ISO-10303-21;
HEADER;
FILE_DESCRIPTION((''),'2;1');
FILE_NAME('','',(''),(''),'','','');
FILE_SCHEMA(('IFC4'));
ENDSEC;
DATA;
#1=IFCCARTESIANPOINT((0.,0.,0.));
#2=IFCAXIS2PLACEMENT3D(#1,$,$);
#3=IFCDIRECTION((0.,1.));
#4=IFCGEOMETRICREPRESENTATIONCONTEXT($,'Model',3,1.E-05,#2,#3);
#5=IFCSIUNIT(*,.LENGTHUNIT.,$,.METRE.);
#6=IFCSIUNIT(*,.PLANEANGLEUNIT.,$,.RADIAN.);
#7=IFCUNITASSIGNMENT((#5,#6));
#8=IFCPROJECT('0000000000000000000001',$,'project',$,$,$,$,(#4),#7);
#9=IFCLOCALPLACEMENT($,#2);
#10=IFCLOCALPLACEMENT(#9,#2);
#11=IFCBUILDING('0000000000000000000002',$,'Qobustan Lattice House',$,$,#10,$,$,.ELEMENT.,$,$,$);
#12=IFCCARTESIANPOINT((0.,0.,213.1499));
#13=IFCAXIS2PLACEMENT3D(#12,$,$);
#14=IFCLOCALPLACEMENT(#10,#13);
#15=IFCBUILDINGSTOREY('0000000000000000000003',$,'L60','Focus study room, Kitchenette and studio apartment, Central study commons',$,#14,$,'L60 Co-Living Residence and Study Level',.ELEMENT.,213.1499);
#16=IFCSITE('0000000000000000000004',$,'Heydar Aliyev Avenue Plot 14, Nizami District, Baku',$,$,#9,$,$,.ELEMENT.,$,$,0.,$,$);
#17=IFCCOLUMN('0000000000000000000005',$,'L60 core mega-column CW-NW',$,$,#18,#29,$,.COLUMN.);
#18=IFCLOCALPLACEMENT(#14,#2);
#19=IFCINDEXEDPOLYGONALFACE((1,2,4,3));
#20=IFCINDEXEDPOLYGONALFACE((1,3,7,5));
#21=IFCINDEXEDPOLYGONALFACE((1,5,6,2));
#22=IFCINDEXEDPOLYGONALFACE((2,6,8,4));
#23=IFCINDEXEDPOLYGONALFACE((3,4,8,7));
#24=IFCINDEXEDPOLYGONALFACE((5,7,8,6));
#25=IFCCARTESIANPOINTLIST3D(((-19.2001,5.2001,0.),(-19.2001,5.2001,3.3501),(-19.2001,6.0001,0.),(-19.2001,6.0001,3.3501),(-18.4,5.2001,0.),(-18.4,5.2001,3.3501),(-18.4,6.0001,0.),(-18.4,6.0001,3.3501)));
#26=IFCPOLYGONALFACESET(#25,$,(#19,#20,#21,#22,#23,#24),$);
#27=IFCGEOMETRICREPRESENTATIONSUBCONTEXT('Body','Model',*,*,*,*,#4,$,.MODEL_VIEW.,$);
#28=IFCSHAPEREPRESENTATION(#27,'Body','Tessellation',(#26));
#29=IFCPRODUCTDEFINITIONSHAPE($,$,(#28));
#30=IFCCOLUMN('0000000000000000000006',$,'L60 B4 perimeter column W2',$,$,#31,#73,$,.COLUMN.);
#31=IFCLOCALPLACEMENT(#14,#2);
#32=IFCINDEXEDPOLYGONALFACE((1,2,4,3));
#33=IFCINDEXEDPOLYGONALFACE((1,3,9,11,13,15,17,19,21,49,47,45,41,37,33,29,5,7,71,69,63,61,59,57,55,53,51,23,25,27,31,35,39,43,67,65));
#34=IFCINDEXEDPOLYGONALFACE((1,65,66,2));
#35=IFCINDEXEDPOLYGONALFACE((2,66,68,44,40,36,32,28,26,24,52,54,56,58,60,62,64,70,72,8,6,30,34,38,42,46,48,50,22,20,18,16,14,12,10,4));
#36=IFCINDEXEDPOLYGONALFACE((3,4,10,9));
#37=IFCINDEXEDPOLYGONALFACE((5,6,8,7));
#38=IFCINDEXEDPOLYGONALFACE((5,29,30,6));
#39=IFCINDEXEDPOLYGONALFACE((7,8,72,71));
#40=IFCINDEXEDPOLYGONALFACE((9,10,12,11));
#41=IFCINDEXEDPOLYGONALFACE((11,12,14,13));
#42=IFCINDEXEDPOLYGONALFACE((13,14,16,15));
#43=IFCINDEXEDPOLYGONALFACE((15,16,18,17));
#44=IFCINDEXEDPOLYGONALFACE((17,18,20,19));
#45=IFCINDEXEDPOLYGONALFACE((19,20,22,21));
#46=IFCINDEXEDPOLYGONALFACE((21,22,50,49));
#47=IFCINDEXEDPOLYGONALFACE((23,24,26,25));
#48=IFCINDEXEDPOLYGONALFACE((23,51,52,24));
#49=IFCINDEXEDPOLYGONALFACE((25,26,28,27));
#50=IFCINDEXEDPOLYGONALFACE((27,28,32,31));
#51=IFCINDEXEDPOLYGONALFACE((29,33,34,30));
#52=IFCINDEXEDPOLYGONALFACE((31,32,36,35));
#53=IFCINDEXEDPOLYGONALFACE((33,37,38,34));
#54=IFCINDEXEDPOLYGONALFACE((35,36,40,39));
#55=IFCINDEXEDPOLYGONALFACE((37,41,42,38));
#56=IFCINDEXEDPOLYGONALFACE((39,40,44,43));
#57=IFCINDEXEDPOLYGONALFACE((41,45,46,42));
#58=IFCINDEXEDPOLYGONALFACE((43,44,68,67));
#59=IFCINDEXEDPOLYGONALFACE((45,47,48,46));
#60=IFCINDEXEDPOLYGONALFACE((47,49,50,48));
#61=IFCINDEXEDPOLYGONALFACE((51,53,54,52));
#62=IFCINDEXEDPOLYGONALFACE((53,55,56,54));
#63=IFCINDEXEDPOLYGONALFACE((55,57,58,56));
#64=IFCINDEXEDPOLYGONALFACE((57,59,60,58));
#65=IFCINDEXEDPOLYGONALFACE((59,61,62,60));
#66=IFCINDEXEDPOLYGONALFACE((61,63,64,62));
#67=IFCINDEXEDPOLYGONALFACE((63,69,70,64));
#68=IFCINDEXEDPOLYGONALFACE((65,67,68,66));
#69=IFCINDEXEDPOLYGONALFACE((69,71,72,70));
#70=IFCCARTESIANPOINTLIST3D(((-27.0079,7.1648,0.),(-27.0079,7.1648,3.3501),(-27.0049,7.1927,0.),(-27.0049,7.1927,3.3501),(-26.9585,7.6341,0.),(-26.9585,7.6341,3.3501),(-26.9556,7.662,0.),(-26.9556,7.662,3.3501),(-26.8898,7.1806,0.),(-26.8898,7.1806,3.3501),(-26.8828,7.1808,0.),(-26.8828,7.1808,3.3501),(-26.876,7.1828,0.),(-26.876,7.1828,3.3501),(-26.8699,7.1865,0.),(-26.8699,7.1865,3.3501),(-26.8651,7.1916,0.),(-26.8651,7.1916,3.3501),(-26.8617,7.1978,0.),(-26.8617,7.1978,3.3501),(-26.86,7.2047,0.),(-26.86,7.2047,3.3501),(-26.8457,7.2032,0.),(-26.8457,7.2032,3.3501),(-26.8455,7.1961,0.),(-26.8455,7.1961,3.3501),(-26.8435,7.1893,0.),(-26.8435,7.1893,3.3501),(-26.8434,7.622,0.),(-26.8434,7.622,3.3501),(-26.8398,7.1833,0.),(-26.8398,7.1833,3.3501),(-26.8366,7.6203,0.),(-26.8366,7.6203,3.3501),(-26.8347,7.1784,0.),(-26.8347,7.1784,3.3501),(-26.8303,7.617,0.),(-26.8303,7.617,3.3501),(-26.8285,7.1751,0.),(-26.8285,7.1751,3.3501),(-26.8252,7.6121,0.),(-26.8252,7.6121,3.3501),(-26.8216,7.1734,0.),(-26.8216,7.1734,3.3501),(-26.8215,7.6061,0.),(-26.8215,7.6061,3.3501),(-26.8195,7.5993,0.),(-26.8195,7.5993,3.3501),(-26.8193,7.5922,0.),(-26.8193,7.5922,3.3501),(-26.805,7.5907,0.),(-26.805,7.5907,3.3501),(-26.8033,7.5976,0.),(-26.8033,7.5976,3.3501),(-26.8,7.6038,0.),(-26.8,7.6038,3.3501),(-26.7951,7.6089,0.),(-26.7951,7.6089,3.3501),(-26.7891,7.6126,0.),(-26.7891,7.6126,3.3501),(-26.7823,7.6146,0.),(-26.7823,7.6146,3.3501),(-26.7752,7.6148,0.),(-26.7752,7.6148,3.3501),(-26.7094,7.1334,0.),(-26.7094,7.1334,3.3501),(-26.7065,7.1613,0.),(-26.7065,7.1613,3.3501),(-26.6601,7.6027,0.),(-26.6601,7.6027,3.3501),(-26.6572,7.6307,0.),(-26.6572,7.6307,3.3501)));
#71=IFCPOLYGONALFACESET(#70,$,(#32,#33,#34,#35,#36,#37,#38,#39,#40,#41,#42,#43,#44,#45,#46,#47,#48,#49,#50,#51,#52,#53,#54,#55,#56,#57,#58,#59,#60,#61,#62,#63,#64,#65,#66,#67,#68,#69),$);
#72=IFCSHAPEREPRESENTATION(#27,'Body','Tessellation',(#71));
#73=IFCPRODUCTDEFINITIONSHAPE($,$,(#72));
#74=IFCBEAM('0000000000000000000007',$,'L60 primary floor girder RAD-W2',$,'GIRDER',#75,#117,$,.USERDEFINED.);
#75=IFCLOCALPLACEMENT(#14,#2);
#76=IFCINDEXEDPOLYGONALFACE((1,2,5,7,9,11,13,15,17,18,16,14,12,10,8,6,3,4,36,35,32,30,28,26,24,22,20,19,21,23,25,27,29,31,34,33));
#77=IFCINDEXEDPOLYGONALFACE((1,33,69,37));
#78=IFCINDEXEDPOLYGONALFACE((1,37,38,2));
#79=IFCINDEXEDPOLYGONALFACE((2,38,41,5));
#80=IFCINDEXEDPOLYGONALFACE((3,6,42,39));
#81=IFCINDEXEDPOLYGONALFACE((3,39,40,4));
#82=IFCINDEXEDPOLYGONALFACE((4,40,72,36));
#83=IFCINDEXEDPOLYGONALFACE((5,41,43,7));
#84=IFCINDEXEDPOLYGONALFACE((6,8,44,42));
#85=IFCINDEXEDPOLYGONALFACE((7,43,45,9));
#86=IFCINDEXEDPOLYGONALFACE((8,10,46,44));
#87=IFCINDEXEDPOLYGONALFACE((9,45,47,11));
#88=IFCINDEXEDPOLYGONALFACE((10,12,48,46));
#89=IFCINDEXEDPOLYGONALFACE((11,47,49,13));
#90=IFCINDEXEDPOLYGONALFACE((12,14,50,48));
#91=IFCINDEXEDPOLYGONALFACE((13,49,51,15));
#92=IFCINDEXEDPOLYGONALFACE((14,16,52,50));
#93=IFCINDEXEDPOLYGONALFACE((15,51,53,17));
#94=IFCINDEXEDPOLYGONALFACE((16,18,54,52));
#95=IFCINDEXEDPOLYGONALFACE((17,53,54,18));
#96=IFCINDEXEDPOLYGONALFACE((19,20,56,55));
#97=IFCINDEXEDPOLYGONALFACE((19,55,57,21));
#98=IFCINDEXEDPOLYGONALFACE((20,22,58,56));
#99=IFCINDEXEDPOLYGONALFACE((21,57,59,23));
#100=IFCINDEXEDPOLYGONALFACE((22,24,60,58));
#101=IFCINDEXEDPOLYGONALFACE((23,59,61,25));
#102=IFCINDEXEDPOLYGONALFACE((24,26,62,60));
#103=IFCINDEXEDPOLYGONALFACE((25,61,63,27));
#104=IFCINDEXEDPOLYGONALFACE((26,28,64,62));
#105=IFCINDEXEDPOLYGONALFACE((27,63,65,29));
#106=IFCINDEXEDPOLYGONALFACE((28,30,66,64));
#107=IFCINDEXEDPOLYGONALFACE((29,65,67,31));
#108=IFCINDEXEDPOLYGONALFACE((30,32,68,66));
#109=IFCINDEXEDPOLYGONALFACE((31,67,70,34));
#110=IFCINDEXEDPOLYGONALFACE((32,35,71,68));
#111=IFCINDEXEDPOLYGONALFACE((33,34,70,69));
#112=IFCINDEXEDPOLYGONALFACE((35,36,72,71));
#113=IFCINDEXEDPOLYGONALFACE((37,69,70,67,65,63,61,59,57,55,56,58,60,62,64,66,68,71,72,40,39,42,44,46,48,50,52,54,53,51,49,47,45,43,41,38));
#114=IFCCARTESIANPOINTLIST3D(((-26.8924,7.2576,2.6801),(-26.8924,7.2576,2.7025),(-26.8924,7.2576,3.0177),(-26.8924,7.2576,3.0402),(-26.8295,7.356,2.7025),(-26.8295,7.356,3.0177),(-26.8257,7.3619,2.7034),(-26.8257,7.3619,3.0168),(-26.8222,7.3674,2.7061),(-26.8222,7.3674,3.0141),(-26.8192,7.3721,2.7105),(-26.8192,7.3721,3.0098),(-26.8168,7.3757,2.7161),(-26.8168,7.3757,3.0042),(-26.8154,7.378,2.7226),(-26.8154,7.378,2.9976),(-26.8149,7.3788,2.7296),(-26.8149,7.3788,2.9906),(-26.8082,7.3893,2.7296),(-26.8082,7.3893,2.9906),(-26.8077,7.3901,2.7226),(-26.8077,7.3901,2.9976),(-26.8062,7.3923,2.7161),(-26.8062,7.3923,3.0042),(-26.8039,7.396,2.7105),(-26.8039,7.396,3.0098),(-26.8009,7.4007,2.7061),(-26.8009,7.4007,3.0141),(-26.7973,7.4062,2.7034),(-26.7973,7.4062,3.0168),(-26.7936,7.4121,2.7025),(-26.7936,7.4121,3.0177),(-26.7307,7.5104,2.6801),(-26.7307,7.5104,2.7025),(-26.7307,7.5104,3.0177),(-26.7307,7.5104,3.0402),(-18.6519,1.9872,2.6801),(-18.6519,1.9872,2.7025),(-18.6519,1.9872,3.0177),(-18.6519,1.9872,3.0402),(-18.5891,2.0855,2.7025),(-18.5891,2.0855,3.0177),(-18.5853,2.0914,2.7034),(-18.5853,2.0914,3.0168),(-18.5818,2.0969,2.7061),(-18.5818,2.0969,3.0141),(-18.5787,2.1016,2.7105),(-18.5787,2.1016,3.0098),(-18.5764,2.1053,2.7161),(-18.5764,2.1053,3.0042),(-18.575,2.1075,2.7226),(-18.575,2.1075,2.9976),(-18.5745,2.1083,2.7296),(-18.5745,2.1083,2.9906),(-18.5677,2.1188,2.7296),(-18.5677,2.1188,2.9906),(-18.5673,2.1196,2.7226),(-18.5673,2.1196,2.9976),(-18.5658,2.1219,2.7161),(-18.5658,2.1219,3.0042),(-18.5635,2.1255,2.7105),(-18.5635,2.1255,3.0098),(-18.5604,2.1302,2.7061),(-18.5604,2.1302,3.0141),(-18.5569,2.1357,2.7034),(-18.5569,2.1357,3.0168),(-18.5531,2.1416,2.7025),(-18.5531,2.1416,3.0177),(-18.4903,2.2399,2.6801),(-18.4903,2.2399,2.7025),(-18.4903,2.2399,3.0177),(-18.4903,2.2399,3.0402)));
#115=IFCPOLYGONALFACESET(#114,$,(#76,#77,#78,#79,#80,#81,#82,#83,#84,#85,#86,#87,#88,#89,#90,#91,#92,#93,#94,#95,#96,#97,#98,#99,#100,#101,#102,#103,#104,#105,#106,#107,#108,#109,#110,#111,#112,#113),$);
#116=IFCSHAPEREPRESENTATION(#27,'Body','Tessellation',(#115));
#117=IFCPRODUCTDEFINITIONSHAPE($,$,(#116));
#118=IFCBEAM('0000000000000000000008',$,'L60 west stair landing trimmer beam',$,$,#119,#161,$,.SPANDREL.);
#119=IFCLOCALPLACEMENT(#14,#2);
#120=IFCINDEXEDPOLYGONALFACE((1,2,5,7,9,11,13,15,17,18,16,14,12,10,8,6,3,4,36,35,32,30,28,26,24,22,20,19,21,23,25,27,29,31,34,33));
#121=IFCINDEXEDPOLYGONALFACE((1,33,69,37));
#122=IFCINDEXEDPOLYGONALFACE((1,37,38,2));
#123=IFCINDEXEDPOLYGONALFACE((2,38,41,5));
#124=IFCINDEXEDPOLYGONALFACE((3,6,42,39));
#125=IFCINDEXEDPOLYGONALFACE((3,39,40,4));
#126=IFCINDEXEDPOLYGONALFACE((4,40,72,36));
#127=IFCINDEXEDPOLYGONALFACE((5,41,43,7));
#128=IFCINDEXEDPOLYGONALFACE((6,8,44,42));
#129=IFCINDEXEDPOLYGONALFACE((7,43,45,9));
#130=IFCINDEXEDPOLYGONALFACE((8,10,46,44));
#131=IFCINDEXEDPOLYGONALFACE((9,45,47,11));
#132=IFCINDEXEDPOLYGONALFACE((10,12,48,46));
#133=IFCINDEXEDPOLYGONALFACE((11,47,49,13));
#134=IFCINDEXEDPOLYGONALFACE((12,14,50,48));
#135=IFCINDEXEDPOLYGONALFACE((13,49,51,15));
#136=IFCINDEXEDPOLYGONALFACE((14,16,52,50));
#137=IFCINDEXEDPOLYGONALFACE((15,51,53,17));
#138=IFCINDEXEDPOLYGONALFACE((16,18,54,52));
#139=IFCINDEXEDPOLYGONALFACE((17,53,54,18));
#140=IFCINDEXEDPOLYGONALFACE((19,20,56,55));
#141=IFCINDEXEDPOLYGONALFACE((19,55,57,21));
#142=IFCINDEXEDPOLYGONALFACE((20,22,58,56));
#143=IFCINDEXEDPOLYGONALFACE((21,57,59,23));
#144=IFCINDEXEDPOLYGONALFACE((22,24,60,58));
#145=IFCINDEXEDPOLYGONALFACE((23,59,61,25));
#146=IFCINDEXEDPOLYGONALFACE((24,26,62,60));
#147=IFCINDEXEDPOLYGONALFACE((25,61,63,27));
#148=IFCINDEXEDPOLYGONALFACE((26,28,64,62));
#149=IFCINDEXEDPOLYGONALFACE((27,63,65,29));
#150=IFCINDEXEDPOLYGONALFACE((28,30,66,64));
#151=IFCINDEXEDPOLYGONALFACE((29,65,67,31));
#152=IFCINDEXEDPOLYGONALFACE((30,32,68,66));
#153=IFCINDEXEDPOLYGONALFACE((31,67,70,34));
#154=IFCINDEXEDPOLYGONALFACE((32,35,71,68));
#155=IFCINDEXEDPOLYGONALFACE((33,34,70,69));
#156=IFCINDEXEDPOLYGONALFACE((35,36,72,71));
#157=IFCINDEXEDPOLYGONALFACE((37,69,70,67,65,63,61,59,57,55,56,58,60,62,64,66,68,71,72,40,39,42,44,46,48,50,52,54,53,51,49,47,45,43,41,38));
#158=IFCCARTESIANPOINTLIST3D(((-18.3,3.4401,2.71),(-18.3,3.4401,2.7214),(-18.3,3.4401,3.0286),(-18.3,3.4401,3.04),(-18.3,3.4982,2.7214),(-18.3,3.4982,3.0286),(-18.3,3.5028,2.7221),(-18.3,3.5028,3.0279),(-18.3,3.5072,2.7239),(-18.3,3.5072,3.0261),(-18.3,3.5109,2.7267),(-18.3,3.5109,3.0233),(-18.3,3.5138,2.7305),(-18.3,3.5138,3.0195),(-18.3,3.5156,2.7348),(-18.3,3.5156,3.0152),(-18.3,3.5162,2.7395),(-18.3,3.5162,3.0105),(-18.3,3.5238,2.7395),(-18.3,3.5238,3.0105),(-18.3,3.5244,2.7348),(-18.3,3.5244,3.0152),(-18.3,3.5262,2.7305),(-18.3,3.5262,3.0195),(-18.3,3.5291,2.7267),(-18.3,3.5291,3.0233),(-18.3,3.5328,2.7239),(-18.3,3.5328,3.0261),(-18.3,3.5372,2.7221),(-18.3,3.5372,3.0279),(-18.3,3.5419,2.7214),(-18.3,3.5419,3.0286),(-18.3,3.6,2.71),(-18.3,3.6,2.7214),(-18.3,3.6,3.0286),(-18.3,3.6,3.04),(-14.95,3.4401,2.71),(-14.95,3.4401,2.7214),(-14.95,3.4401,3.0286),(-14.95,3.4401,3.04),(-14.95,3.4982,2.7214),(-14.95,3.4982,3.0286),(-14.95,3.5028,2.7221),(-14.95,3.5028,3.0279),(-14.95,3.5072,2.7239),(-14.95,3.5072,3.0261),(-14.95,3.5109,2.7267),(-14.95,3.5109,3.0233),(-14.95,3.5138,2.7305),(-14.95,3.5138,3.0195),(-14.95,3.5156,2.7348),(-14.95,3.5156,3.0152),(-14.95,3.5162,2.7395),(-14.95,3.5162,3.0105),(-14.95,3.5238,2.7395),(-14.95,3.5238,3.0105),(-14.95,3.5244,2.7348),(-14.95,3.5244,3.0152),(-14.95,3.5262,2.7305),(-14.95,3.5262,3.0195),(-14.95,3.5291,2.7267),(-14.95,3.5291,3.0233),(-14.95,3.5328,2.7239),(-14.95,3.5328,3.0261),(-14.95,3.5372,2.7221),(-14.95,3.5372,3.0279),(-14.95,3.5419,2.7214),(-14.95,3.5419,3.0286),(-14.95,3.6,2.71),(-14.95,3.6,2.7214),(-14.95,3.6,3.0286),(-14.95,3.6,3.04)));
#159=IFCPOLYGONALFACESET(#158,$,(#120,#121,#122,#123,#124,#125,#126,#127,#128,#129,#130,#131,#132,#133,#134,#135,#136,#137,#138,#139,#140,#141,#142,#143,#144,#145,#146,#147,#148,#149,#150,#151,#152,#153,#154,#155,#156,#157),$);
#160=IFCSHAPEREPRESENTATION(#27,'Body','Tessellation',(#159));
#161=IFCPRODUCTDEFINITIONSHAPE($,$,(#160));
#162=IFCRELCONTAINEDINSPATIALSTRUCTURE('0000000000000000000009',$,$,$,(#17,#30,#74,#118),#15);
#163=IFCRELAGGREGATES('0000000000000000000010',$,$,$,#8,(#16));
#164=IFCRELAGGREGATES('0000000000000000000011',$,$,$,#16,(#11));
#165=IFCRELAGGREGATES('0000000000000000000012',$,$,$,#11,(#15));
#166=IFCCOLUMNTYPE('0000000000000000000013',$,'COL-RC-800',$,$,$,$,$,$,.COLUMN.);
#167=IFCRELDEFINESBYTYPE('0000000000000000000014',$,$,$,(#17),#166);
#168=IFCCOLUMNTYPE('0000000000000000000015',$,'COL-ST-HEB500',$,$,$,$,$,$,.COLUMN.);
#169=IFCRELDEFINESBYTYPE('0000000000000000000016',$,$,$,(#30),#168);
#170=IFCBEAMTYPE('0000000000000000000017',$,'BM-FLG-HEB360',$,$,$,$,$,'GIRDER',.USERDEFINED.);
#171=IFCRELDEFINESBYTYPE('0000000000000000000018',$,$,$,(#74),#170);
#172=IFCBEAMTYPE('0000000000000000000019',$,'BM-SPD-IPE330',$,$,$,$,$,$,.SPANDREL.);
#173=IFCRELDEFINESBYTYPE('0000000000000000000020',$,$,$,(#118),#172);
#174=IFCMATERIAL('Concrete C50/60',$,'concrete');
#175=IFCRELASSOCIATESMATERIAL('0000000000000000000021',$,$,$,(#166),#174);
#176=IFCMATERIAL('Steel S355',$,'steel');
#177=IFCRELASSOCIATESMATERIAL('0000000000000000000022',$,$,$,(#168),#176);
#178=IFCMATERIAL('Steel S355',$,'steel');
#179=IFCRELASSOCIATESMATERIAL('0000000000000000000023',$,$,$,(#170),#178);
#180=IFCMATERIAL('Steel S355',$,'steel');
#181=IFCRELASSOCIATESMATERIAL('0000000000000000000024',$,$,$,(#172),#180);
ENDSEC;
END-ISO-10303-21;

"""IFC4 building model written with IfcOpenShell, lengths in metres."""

from ifc_helpers import new_model, si_unit, direction, frame, origin, origin_2d, place, context, subcontext, project, spatial, rectangle, i_section, extrude, material, material_profile, profile_set, type_object, element, save


model = new_model("IFC4")

# Units and contexts
model_context = context("Model", 3, precision=1e-05, world=origin(), true_north=direction((0.0, 1.0)))
body_context = subcontext(model_context, "Body", "Model", "MODEL_VIEW")
ifc_project = project(units=[si_unit("LENGTHUNIT", "METRE"), si_unit("PLANEANGLEUNIT", "RADIAN")], contexts=[model_context])

# Site, building, storey
site_placement = place(None, origin())
site = spatial("IfcSite", under=ifc_project, at=site_placement, Name="Heydar Aliyev Avenue Plot 14, Nizami District, Baku", CompositionType="ELEMENT", RefElevation=0.0)
building_placement = place(site_placement, origin())
building = spatial("IfcBuilding", under=site, at=building_placement, Name="Qobustan Lattice House", CompositionType="ELEMENT")
storey_placement = place(building_placement, frame((0.0, 0.0, 213.1499)))
storey = spatial("IfcBuildingStorey", under=building, at=storey_placement, Name="L60", Description="Focus study room, Kitchenette and studio apartment, Central study commons", LongName="L60 Co-Living Residence and Study Level", CompositionType="ELEMENT", Elevation=213.1499)

# Columns
ifc_material_1 = material(Name="Concrete C50/60", Category="concrete")
ifc_material_profile_1 = material_profile(ifc_material_1, rectangle(XDim=0.8, YDim=0.8, at=origin_2d()), Name="RC800x800")
ifc_profile_set_1 = profile_set([ifc_material_profile_1], Name="Concrete C50/60")
column_type_1 = type_object("IfcColumnType", Name="COL-RC-800", PredefinedType="COLUMN", material=ifc_profile_set_1)
column_1_placement = place(storey_placement, frame((-18.8, 5.6001, 0.0), z_axis=(0.0, 0.0, 1.0), x_axis=(1.0, 0.0, 0.0)))
element("IfcColumn", 1, at=column_1_placement, inside=storey, type_object=column_type_1, Name="L60 core mega-column CW-NW", PredefinedType="COLUMN", context=body_context, shape_type="SweptSolid", body=[
    extrude(rectangle(XDim=0.8, YDim=0.8, at=origin_2d()), origin(), (0.0, 0.0, 1.0), 3.3501),
])
ifc_material_2 = material(Name="Steel S355", Category="steel")
ifc_material_profile_2 = material_profile(ifc_material_2, i_section(OverallWidth=0.3, OverallDepth=0.5, WebThickness=0.0144, FlangeThickness=0.0281, FilletRadius=0.0271, at=origin_2d()), Name="HEB500")
ifc_profile_set_2 = profile_set([ifc_material_profile_2], Name="Steel S355")
column_type_2 = type_object("IfcColumnType", Name="COL-ST-HEB500", PredefinedType="COLUMN", material=ifc_profile_set_2)
column_2_placement = place(storey_placement, frame((-26.8325, 7.3977, 0.0), z_axis=(0.0, 0.0, 1.0), x_axis=(0.994522, -0.104528, 0.0)))
element("IfcColumn", 2, at=column_2_placement, inside=storey, type_object=column_type_2, Name="L60 B4 perimeter column W2", PredefinedType="COLUMN", context=body_context, shape_type="SweptSolid", body=[
    extrude(i_section(OverallWidth=0.3, OverallDepth=0.5, WebThickness=0.0144, FlangeThickness=0.0281, FilletRadius=0.0271, at=origin_2d()), origin(), (0.0, 0.0, 1.0), 3.3501),
])

# Beams
ifc_material_3 = material(Name="Steel S355", Category="steel")
ifc_material_profile_3 = material_profile(ifc_material_3, i_section(OverallWidth=0.3, OverallDepth=0.3601, WebThickness=0.0125, FlangeThickness=0.0225, FilletRadius=0.0271, at=origin_2d()), Name="HEB360")
ifc_profile_set_3 = profile_set([ifc_material_profile_3], Name="Steel S355")
beam_type_1 = type_object("IfcBeamType", Name="BM-FLG-HEB360", ElementType="GIRDER", PredefinedType="USERDEFINED", material=ifc_profile_set_3)
beam_1_placement = place(storey_placement, frame((-26.8115, 7.384, 2.8601), z_axis=(0.842429, -0.538807, 0.0), x_axis=(0.538807, 0.842429, 0.0)))
element("IfcBeam", 3, at=beam_1_placement, inside=storey, type_object=beam_type_1, Name="L60 primary floor girder RAD-W2", ObjectType="GIRDER", PredefinedType="USERDEFINED", context=body_context, shape_type="SweptSolid", body=[
    extrude(i_section(OverallWidth=0.3, OverallDepth=0.3601, WebThickness=0.0125, FlangeThickness=0.0225, FilletRadius=0.0271, at=origin_2d()), origin(), (0.0, 0.0, 1.0), 9.7817),
])
ifc_material_4 = material(Name="Steel S355", Category="steel")
ifc_material_profile_4 = material_profile(ifc_material_4, i_section(OverallWidth=0.1599, OverallDepth=0.3301, WebThickness=0.0076, FlangeThickness=0.0115, FilletRadius=0.0181, at=origin_2d()), Name="IPE330")
ifc_profile_set_4 = profile_set([ifc_material_profile_4], Name="Steel S355")
beam_type_2 = type_object("IfcBeamType", Name="BM-SPD-IPE330", PredefinedType="SPANDREL", material=ifc_profile_set_4)
beam_2_placement = place(storey_placement, frame((-18.3, 3.52, 2.875), z_axis=(1.0, 0.0, 0.0), x_axis=(0.0, 1.0, 0.0)))
element("IfcBeam", 4, at=beam_2_placement, inside=storey, type_object=beam_type_2, Name="L60 west stair landing trimmer beam", PredefinedType="SPANDREL", context=body_context, shape_type="SweptSolid", body=[
    extrude(i_section(OverallWidth=0.1599, OverallDepth=0.3301, WebThickness=0.0076, FlangeThickness=0.0115, FilletRadius=0.0181, at=origin_2d()), origin(), (0.0, 0.0, 1.0), 3.3501),
])

save(model, "model.ifc")
